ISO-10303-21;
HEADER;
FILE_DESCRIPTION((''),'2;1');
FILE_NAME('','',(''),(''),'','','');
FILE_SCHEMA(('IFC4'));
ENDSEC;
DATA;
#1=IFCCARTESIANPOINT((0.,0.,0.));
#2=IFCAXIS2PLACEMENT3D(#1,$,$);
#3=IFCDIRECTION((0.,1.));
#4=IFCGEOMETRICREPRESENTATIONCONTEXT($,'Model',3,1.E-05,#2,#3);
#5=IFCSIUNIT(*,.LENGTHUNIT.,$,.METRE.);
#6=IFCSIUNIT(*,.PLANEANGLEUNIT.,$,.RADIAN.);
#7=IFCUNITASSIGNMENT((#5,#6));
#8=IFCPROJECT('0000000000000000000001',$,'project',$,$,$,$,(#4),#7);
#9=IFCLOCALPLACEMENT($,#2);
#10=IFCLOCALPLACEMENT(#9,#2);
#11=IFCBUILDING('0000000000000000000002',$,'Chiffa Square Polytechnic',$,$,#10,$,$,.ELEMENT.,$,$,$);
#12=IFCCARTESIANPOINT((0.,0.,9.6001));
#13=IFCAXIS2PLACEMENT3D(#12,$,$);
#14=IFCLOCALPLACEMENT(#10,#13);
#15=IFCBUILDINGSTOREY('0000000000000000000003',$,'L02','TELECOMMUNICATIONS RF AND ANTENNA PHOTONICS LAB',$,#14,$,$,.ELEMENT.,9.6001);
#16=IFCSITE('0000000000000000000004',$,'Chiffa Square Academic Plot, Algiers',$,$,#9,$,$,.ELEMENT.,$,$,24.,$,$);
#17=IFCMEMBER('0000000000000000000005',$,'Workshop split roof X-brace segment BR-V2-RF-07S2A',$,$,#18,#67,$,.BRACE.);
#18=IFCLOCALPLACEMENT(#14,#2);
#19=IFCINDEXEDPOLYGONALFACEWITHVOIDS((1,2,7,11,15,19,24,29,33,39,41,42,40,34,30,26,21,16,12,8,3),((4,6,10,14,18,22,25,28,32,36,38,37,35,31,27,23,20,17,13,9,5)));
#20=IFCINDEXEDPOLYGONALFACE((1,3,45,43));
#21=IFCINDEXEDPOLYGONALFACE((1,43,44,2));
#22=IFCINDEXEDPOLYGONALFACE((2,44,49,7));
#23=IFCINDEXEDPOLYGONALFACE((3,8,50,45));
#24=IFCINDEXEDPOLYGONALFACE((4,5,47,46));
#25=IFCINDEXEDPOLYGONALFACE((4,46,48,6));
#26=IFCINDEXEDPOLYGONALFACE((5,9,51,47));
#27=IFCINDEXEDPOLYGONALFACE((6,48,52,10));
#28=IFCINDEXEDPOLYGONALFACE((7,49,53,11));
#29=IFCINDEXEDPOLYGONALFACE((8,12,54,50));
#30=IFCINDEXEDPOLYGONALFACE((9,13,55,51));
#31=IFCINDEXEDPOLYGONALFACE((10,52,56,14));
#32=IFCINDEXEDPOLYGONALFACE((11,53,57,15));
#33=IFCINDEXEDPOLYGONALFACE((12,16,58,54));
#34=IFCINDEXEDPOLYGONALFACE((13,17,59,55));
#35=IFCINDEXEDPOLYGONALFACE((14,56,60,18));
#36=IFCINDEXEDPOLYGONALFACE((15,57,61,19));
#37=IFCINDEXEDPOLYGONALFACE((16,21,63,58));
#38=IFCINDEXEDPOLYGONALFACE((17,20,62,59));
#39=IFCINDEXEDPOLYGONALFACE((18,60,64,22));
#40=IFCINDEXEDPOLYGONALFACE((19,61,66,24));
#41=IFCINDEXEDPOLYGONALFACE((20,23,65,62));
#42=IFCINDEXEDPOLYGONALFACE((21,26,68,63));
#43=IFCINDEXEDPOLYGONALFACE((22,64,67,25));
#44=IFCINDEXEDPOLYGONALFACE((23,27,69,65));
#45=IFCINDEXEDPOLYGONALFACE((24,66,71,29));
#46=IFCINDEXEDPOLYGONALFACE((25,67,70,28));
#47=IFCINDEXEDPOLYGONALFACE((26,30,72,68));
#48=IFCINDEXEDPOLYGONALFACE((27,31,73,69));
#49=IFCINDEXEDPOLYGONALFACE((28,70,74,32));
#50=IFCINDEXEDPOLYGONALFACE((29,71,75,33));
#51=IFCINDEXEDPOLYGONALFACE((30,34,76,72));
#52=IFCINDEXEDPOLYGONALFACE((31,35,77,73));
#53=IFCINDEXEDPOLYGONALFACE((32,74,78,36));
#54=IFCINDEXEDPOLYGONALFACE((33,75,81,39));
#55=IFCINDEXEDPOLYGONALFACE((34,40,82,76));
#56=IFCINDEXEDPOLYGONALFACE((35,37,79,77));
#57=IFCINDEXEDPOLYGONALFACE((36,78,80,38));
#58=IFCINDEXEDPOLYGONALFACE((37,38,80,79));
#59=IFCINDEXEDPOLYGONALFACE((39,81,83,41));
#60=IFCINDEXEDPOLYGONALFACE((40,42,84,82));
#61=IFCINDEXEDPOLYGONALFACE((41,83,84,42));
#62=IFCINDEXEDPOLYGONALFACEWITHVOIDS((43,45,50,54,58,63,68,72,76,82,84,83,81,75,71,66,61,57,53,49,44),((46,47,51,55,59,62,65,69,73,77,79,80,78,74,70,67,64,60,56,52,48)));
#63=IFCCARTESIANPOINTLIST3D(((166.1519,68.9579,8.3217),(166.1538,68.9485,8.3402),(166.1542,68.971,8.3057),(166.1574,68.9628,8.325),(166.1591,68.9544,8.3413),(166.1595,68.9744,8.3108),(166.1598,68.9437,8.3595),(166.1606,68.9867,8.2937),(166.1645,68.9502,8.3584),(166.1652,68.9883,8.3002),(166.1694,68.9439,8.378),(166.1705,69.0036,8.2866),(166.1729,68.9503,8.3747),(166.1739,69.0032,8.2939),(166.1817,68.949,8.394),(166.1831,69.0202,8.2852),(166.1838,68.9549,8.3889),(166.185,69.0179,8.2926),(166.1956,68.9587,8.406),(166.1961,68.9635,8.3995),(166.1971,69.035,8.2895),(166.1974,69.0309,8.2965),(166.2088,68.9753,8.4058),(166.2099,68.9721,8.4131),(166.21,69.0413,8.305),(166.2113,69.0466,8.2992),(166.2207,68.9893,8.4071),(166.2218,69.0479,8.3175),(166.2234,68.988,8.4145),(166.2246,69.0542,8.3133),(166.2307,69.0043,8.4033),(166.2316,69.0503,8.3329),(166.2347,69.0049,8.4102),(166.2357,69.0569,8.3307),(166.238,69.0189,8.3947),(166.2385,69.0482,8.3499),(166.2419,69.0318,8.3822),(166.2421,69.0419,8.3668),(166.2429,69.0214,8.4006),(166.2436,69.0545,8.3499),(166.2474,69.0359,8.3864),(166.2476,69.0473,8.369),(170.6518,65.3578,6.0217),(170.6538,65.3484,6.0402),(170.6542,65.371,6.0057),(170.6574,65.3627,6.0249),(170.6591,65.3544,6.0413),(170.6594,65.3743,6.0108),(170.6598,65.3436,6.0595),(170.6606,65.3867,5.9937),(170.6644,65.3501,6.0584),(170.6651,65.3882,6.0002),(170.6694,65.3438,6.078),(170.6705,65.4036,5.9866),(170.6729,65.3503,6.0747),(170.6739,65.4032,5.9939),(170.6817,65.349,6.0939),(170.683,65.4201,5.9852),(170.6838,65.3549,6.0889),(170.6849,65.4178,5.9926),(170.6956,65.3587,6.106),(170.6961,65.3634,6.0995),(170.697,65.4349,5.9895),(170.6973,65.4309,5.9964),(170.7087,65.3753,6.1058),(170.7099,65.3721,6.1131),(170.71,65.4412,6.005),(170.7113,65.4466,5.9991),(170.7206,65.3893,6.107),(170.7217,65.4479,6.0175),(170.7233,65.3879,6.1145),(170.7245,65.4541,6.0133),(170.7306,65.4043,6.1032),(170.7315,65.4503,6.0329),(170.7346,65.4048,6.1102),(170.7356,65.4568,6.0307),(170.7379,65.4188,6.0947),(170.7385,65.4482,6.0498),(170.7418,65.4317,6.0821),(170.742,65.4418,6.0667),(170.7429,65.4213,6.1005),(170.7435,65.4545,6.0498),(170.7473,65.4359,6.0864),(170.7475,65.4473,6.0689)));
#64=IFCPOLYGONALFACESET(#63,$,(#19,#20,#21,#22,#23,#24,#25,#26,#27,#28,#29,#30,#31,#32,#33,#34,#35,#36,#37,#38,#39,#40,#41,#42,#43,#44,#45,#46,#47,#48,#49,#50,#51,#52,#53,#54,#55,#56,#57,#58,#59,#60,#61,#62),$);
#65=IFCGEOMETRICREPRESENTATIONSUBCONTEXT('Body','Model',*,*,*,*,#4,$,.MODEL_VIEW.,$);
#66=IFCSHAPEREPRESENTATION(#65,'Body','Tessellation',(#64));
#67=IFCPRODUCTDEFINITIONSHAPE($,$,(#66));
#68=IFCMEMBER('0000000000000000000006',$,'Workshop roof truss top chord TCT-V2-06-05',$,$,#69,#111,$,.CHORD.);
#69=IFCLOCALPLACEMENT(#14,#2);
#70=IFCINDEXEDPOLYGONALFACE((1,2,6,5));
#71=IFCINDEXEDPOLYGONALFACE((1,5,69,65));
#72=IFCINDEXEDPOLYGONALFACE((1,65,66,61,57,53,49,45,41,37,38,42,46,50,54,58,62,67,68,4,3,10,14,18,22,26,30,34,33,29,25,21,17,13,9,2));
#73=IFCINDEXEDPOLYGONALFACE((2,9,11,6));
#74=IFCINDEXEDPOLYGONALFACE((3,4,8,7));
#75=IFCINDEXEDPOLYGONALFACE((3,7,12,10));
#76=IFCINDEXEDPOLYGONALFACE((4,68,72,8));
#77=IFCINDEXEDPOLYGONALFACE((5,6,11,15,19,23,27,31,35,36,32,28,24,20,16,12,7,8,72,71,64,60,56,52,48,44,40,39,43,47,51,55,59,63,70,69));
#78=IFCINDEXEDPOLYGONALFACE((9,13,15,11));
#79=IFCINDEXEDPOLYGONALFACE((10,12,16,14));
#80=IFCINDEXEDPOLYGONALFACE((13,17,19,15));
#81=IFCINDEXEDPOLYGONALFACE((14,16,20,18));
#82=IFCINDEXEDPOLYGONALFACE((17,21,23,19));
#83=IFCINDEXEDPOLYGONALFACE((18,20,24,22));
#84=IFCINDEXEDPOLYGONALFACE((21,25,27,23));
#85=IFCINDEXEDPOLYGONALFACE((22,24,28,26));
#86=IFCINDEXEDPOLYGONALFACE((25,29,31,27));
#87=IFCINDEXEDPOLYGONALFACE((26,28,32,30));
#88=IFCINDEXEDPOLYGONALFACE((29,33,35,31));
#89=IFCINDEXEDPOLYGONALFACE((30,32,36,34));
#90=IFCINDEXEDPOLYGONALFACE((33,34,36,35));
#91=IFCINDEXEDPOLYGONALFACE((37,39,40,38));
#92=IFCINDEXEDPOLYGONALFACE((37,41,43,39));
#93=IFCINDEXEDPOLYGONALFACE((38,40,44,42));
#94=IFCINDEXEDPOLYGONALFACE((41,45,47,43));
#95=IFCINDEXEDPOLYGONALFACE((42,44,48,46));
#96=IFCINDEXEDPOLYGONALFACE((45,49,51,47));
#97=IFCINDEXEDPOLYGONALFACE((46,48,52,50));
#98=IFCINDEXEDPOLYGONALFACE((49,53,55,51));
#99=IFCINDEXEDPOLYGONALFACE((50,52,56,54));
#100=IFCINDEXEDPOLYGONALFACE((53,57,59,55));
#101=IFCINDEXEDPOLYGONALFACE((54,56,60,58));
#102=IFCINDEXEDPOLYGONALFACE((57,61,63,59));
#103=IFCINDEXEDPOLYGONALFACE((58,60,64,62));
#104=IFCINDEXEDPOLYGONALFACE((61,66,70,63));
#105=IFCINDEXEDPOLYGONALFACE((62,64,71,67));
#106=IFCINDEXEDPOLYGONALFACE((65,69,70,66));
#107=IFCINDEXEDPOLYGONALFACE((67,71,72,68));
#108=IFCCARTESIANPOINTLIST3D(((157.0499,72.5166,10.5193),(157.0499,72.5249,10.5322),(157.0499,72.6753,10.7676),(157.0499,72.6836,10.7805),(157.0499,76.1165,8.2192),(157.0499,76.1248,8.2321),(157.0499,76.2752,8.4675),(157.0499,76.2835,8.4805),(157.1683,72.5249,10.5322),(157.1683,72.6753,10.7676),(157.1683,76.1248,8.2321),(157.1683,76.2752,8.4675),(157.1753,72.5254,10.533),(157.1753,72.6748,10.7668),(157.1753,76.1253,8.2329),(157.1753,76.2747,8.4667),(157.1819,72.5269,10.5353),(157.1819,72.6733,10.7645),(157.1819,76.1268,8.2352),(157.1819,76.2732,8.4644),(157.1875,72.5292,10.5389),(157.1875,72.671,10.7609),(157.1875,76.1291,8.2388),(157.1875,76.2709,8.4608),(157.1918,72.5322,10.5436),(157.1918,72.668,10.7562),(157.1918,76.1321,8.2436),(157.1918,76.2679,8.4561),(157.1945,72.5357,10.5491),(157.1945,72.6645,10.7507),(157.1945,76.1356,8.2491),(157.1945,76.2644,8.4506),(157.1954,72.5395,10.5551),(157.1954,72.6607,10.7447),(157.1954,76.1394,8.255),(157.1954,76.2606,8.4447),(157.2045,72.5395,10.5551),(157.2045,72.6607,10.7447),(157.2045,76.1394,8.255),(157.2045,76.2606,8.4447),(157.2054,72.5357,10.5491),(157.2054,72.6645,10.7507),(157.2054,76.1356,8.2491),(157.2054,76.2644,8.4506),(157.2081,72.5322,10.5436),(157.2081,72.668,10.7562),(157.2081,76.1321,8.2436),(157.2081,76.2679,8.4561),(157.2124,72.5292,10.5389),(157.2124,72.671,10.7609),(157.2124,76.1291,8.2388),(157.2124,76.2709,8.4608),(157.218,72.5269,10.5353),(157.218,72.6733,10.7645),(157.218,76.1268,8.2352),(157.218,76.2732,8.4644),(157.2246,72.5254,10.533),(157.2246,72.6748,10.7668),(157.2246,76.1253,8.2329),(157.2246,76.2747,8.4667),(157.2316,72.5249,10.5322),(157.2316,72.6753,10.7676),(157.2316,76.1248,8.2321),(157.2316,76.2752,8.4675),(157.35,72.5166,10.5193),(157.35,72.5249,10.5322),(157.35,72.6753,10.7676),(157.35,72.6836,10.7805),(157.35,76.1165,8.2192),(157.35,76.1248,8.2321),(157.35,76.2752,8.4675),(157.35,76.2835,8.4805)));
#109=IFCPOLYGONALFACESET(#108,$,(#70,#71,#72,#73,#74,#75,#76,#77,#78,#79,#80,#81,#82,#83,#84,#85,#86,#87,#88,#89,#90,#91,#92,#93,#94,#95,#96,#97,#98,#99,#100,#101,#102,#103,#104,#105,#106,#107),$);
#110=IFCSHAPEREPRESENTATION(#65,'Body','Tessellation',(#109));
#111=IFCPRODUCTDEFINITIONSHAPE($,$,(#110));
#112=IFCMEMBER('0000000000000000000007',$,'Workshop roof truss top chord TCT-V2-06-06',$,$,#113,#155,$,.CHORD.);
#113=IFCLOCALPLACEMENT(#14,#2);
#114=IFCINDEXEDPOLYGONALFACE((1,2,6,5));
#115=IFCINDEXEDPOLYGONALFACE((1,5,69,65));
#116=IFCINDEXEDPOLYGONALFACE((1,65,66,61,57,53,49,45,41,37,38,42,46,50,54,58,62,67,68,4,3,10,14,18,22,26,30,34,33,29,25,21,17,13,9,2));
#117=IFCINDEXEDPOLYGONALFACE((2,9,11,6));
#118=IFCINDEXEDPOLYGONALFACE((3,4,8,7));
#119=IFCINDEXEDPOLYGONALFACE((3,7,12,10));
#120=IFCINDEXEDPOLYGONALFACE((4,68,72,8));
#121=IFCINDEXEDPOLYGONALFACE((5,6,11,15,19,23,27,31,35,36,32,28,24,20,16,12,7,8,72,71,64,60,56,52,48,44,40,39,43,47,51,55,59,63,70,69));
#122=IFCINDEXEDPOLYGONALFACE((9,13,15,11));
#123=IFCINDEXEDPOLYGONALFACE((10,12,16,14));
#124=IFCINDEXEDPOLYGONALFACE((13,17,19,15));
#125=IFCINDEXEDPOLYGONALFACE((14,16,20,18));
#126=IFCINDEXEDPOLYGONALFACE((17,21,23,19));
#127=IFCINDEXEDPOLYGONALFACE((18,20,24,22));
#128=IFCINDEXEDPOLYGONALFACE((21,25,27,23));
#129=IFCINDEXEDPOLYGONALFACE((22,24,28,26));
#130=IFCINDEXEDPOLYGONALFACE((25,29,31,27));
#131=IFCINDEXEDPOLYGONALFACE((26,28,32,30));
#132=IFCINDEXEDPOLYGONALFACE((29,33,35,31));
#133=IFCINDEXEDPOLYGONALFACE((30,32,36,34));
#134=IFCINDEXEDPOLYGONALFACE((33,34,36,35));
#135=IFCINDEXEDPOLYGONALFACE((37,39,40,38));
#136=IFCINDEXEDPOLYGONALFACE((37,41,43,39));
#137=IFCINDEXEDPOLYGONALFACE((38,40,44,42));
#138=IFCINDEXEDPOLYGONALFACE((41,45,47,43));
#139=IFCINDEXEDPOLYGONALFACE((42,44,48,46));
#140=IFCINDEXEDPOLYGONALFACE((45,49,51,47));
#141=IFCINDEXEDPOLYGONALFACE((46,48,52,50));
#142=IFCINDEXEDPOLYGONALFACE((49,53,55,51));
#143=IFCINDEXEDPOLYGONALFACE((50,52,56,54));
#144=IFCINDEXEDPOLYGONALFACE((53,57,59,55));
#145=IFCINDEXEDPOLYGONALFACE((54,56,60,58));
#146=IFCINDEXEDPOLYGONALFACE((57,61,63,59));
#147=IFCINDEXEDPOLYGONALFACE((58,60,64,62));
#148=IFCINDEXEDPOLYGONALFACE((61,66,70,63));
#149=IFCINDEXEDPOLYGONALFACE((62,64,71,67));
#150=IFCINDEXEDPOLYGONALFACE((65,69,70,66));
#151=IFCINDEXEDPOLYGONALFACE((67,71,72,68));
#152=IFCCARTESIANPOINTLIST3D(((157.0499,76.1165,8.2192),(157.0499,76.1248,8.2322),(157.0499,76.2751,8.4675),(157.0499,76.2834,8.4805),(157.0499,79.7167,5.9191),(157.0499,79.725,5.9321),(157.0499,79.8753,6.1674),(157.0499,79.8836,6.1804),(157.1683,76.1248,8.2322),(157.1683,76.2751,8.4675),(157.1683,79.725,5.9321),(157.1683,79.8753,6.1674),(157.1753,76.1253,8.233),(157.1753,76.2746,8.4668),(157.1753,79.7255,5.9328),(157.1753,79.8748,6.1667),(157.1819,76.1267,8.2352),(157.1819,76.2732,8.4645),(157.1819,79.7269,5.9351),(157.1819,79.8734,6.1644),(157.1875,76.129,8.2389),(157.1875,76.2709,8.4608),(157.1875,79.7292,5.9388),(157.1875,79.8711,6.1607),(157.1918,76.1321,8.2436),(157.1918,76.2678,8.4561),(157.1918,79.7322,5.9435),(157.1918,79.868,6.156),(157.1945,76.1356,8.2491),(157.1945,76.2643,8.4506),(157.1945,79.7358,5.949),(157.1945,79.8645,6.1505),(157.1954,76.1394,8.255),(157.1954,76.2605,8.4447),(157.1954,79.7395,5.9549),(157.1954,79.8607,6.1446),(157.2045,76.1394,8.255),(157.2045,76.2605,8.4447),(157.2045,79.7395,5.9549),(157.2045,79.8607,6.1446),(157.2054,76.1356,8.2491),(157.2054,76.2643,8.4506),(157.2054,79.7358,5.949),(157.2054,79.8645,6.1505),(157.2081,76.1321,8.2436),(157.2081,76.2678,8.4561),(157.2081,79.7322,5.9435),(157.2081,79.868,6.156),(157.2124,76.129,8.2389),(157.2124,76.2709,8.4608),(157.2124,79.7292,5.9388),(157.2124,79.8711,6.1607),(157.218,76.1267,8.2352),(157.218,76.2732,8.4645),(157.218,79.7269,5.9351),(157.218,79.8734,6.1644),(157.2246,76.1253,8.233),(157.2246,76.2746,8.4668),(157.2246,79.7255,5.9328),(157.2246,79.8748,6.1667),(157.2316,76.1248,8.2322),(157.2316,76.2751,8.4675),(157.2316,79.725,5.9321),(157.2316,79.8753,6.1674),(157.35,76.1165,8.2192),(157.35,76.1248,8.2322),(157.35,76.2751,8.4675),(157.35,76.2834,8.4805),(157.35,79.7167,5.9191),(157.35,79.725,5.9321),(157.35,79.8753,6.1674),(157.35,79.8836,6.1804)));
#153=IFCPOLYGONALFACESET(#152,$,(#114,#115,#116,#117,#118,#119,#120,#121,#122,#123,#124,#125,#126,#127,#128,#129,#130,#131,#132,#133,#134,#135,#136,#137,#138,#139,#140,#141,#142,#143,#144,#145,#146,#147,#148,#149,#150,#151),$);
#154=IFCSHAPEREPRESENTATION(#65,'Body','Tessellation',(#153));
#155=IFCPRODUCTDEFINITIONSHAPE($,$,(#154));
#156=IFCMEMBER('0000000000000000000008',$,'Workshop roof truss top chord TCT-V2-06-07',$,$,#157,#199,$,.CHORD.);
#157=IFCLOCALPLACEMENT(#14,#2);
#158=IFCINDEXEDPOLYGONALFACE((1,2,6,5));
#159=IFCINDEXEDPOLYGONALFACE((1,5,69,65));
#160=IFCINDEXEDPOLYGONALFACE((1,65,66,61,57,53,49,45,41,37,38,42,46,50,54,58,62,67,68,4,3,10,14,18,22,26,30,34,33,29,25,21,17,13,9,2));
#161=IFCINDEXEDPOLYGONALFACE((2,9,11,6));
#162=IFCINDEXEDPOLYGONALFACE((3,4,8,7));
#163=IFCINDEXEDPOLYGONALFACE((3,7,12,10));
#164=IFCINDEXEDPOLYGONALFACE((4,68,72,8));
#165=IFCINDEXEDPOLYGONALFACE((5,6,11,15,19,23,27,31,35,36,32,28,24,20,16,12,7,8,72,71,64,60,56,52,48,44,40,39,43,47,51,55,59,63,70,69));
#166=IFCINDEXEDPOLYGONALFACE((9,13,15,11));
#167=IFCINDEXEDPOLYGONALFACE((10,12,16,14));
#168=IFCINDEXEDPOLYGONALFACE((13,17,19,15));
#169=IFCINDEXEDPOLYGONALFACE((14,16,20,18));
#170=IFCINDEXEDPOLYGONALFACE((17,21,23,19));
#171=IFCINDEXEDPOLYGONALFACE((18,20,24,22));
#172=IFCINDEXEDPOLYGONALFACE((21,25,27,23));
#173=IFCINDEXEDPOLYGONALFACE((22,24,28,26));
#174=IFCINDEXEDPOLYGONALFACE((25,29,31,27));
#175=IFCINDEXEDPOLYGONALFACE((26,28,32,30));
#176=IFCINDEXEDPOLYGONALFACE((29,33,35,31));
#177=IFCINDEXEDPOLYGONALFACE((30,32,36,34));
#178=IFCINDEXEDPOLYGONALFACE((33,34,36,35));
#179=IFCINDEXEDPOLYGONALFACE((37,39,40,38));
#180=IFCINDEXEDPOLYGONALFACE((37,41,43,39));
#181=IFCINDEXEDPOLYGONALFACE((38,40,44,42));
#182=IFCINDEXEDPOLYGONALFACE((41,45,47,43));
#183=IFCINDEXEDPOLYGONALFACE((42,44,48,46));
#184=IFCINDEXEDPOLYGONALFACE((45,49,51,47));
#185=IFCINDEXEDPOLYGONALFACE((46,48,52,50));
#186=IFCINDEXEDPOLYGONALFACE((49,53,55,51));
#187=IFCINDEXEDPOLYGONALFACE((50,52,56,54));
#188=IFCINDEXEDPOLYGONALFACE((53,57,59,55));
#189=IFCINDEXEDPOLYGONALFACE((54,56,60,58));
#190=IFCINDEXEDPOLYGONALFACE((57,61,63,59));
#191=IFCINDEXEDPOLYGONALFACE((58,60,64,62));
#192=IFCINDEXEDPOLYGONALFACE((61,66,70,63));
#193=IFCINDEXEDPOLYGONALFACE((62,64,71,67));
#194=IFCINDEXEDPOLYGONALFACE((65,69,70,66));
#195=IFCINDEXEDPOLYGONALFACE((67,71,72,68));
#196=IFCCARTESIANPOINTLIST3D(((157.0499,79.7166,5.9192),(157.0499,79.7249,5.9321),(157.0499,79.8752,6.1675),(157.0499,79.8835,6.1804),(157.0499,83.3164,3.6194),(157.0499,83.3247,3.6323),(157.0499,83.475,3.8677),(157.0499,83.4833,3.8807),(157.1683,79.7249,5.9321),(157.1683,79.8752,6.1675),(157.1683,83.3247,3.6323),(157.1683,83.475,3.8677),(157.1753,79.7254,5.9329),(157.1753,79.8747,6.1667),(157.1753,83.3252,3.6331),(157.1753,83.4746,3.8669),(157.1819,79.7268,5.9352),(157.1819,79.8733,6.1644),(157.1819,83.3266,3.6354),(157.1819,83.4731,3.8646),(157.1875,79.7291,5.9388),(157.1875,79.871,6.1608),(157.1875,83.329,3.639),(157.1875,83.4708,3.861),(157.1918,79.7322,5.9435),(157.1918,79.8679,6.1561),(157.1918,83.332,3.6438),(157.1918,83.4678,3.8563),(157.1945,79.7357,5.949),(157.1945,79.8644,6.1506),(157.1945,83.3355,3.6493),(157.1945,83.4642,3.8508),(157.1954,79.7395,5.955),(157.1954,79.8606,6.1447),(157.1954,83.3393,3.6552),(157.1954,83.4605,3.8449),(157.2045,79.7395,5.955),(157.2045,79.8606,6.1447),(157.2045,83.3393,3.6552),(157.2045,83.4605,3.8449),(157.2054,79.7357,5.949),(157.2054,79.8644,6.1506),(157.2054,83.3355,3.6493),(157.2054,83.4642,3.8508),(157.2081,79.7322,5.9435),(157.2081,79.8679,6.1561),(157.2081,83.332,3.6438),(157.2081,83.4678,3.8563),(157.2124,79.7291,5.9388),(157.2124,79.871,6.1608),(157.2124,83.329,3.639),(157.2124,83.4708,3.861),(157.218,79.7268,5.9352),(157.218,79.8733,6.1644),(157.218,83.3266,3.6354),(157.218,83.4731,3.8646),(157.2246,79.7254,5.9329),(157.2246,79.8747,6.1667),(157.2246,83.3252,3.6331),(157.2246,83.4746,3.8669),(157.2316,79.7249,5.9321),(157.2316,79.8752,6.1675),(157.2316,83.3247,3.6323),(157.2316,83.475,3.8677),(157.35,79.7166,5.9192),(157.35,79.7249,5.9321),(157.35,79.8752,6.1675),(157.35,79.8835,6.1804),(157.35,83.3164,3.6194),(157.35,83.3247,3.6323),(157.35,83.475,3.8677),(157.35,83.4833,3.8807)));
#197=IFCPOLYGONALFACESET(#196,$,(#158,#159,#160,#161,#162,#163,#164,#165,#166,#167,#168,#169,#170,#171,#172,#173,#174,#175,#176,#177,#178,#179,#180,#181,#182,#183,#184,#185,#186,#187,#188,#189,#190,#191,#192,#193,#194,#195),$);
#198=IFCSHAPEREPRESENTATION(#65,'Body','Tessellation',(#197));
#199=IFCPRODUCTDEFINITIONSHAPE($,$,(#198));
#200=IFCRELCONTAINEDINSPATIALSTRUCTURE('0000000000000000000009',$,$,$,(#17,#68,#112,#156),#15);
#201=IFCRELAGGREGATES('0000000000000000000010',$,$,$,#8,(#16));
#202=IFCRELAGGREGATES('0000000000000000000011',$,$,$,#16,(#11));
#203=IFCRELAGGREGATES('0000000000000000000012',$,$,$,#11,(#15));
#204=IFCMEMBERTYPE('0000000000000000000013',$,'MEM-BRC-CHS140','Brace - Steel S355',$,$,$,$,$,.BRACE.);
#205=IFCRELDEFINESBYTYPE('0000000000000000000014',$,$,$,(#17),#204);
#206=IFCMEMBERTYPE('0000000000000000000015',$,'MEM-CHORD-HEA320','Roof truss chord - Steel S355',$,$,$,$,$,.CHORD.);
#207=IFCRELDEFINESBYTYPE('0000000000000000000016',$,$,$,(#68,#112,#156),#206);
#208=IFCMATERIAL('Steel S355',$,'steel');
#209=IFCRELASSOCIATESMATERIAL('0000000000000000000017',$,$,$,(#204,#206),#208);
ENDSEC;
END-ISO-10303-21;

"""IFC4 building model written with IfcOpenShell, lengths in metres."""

from ifc_helpers import new_model, si_unit, direction, frame, origin, origin_2d, place, context, subcontext, project, spatial, hollow_circle, i_section, extrude, material, material_profile, profile_set, type_object, element, save


model = new_model("IFC4")

# Units and contexts
model_context = context("Model", 3, precision=1e-05, world=origin(), true_north=direction((0.0, 1.0)))
body_context = subcontext(model_context, "Body", "Model", "MODEL_VIEW")
ifc_project = project(units=[si_unit("LENGTHUNIT", "METRE"), si_unit("PLANEANGLEUNIT", "RADIAN")], contexts=[model_context])

# Site, building, storey
site_placement = place(None, origin())
site = spatial("IfcSite", under=ifc_project, at=site_placement, Name="Chiffa Square Academic Plot, Algiers", CompositionType="ELEMENT", RefElevation=24.0)
building_placement = place(site_placement, origin())
building = spatial("IfcBuilding", under=site, at=building_placement, Name="Chiffa Square Polytechnic", CompositionType="ELEMENT")
storey_placement = place(building_placement, frame((0.0, 0.0, 9.6001)))
storey = spatial("IfcBuildingStorey", under=building, at=storey_placement, Name="L02", Description="TELECOMMUNICATIONS RF AND ANTENNA PHOTONICS LAB", CompositionType="ELEMENT", Elevation=9.6001)

# Members
ifc_material_1 = material(Name="Steel S355", Category="steel")
ifc_material_profile_1 = material_profile(ifc_material_1, hollow_circle(Radius=0.0698, WallThickness=0.0081, at=origin_2d()), Name="CHS 139.7x8")
ifc_profile_set_1 = profile_set([ifc_material_profile_1], Name="Steel S355")
member_type_1 = type_object("IfcMemberType", Name="MEM-BRC-CHS140", Description="Brace - Steel S355", PredefinedType="BRACE", material=ifc_profile_set_1)
member_1_placement = place(storey_placement, frame((166.2, 69.0, 8.3499), z_axis=(0.725232, -0.580201, -0.370682), x_axis=(0.624705, 0.780861, 0.0)))
element("IfcMember", 1, at=member_1_placement, inside=storey, type_object=member_type_1, Name="Workshop split roof X-brace segment BR-V2-RF-07S2A", PredefinedType="BRACE", context=body_context, shape_type="SweptSolid", body=[
    extrude(hollow_circle(Radius=0.0698, WallThickness=0.0081, at=origin_2d()), origin(), (0.0, 0.0, 1.0), 6.2048),
])
ifc_material_profile_2 = material_profile(ifc_material_1, i_section(OverallWidth=0.3, OverallDepth=0.3101, WebThickness=0.009, FlangeThickness=0.0154, FilletRadius=0.0271, at=origin_2d()), Name="HEA 320")
ifc_profile_set_2 = profile_set([ifc_material_profile_2], Name="Steel S355")
member_type_2 = type_object("IfcMemberType", Name="MEM-CHORD-HEA320", Description="Roof truss chord - Steel S355", PredefinedType="CHORD", material=ifc_profile_set_2)
member_2_placement = place(storey_placement, frame((157.2, 72.6001, 10.6499), z_axis=(0.0, 0.842681, -0.538413), x_axis=(-1.0, 0.0, 0.0)))
element("IfcMember", 2, at=member_2_placement, inside=storey, type_object=member_type_2, Name="Workshop roof truss top chord TCT-V2-06-05", PredefinedType="CHORD", context=body_context, shape_type="SweptSolid", body=[
    extrude(i_section(OverallWidth=0.3, OverallDepth=0.3101, WebThickness=0.009, FlangeThickness=0.0154, FilletRadius=0.0271, at=origin_2d()), origin(), (0.0, 0.0, 1.0), 4.272),
])
member_3_placement = place(storey_placement, frame((157.2, 76.2, 8.3499), z_axis=(0.0, 0.842698, -0.538387), x_axis=(-1.0, 0.0, 0.0)))
element("IfcMember", 3, at=member_3_placement, inside=storey, type_object=member_type_2, Name="Workshop roof truss top chord TCT-V2-06-06", PredefinedType="CHORD", context=body_context, shape_type="SweptSolid", body=[
    extrude(i_section(OverallWidth=0.3, OverallDepth=0.3101, WebThickness=0.009, FlangeThickness=0.0154, FilletRadius=0.0271, at=origin_2d()), origin(), (0.0, 0.0, 1.0), 4.2722),
])
member_4_placement = place(storey_placement, frame((157.2, 79.8, 6.0498), z_axis=(0.0, 0.842707, -0.538372), x_axis=(-1.0, 0.0, 0.0)))
element("IfcMember", 4, at=member_4_placement, inside=storey, type_object=member_type_2, Name="Workshop roof truss top chord TCT-V2-06-07", PredefinedType="CHORD", context=body_context, shape_type="SweptSolid", body=[
    extrude(i_section(OverallWidth=0.3, OverallDepth=0.3101, WebThickness=0.009, FlangeThickness=0.0154, FilletRadius=0.0271, at=origin_2d()), origin(), (0.0, 0.0, 1.0), 4.2717),
])

save(model, "model.ifc")
